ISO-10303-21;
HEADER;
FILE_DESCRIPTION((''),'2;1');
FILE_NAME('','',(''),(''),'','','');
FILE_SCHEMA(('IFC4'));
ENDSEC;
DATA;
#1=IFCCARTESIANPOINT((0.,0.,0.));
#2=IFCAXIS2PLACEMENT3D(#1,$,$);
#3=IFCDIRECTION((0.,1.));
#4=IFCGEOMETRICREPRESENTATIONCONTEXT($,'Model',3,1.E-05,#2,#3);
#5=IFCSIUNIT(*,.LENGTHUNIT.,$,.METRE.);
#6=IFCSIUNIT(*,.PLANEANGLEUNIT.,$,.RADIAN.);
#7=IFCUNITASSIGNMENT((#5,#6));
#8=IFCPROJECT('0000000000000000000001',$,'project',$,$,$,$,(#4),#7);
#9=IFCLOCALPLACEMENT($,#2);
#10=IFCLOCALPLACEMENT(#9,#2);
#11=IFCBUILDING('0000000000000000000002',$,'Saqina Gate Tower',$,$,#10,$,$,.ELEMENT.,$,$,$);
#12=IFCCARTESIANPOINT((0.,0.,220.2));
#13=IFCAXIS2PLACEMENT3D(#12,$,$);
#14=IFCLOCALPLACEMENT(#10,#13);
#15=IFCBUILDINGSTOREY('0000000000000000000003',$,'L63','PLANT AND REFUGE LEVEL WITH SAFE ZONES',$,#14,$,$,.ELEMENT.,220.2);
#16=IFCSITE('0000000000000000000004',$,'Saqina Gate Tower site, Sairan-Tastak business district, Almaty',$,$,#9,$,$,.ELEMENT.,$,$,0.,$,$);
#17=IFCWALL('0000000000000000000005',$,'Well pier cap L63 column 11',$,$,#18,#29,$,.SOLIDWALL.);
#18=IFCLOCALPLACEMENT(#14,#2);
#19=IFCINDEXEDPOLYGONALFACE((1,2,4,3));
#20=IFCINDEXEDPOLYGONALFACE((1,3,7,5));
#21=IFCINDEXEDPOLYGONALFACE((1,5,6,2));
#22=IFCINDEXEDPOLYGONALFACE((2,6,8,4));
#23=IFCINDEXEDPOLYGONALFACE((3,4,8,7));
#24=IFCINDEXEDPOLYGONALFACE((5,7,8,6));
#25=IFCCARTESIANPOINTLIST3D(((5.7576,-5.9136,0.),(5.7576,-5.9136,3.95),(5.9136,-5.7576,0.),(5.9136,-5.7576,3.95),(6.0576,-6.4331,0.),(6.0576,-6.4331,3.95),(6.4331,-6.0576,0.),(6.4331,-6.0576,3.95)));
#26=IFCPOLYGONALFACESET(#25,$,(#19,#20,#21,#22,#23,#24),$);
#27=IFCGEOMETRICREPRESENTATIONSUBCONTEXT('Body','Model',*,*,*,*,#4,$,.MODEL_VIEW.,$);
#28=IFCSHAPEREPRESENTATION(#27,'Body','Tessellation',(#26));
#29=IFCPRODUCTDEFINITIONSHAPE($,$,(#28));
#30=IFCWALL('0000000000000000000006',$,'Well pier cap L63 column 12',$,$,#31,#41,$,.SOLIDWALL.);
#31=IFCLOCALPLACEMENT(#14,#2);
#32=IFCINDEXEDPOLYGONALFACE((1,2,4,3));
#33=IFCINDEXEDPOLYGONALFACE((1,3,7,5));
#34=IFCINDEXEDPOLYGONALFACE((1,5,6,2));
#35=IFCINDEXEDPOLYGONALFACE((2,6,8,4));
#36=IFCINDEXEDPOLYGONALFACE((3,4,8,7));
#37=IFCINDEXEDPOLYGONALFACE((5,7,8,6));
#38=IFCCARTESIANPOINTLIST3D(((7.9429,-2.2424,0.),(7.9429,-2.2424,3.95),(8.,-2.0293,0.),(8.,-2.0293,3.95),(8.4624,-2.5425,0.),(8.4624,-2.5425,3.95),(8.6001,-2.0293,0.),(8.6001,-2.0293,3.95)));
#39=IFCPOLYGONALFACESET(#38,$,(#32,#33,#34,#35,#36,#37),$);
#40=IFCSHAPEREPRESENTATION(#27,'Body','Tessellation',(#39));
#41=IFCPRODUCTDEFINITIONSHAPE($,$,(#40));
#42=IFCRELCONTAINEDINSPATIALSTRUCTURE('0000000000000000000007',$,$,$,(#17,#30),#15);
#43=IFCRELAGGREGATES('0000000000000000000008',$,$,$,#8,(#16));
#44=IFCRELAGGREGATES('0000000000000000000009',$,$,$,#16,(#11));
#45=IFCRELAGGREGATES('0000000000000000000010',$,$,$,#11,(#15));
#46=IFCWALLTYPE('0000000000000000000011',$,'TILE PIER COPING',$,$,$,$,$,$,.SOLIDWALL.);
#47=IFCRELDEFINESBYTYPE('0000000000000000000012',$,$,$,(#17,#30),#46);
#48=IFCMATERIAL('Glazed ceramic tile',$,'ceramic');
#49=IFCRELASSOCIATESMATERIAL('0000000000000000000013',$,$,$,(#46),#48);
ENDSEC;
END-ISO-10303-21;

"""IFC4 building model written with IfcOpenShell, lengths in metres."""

from ifc_helpers import new_model, si_unit, direction, frame, origin, place, context, subcontext, project, spatial, polyline, outline, extrude, material, type_object, element, save


model = new_model("IFC4")

# Units and contexts
model_context = context("Model", 3, precision=1e-05, world=origin(), true_north=direction((0.0, 1.0)))
body_context = subcontext(model_context, "Body", "Model", "MODEL_VIEW")
ifc_project = project(units=[si_unit("LENGTHUNIT", "METRE"), si_unit("PLANEANGLEUNIT", "RADIAN")], contexts=[model_context])

# Site, building, storey
site_placement = place(None, origin())
site = spatial("IfcSite", under=ifc_project, at=site_placement, Name="Saqina Gate Tower site, Sairan-Tastak business district, Almaty", CompositionType="ELEMENT", RefElevation=0.0)
building_placement = place(site_placement, origin())
building = spatial("IfcBuilding", under=site, at=building_placement, Name="Saqina Gate Tower", CompositionType="ELEMENT")
storey_placement = place(building_placement, frame((0.0, 0.0, 220.2)))
storey = spatial("IfcBuildingStorey", under=building, at=storey_placement, Name="L63", Description="PLANT AND REFUGE LEVEL WITH SAFE ZONES", CompositionType="ELEMENT", Elevation=220.2)

# Walls
ifc_material_1 = material(Name="Glazed ceramic tile", Category="ceramic")
wall_type_1 = type_object("IfcWallType", Name="TILE PIER COPING", PredefinedType="SOLIDWALL", material=ifc_material_1)
wall_1_placement = place(storey_placement, origin())
element("IfcWall", 1, at=wall_1_placement, inside=storey, type_object=wall_type_1, Name="Well pier cap L63 column 11", PredefinedType="SOLIDWALL", context=body_context, shape_type="SweptSolid", body=[
    extrude(outline(polyline([(6.4331, -6.0576), (5.9136, -5.7576), (5.7576, -5.9136), (6.0576, -6.4331), (6.4331, -6.0576)])), origin(), (0.0, 0.0, 1.0), 3.95),
])
wall_2_placement = place(storey_placement, origin())
element("IfcWall", 2, at=wall_2_placement, inside=storey, type_object=wall_type_1, Name="Well pier cap L63 column 12", PredefinedType="SOLIDWALL", context=body_context, shape_type="SweptSolid", body=[
    extrude(outline(polyline([(8.6001, -2.0293), (8.0, -2.0293), (7.9429, -2.2424), (8.4624, -2.5425), (8.6001, -2.0293)])), origin(), (0.0, 0.0, 1.0), 3.95),
])

save(model, "model.ifc")
